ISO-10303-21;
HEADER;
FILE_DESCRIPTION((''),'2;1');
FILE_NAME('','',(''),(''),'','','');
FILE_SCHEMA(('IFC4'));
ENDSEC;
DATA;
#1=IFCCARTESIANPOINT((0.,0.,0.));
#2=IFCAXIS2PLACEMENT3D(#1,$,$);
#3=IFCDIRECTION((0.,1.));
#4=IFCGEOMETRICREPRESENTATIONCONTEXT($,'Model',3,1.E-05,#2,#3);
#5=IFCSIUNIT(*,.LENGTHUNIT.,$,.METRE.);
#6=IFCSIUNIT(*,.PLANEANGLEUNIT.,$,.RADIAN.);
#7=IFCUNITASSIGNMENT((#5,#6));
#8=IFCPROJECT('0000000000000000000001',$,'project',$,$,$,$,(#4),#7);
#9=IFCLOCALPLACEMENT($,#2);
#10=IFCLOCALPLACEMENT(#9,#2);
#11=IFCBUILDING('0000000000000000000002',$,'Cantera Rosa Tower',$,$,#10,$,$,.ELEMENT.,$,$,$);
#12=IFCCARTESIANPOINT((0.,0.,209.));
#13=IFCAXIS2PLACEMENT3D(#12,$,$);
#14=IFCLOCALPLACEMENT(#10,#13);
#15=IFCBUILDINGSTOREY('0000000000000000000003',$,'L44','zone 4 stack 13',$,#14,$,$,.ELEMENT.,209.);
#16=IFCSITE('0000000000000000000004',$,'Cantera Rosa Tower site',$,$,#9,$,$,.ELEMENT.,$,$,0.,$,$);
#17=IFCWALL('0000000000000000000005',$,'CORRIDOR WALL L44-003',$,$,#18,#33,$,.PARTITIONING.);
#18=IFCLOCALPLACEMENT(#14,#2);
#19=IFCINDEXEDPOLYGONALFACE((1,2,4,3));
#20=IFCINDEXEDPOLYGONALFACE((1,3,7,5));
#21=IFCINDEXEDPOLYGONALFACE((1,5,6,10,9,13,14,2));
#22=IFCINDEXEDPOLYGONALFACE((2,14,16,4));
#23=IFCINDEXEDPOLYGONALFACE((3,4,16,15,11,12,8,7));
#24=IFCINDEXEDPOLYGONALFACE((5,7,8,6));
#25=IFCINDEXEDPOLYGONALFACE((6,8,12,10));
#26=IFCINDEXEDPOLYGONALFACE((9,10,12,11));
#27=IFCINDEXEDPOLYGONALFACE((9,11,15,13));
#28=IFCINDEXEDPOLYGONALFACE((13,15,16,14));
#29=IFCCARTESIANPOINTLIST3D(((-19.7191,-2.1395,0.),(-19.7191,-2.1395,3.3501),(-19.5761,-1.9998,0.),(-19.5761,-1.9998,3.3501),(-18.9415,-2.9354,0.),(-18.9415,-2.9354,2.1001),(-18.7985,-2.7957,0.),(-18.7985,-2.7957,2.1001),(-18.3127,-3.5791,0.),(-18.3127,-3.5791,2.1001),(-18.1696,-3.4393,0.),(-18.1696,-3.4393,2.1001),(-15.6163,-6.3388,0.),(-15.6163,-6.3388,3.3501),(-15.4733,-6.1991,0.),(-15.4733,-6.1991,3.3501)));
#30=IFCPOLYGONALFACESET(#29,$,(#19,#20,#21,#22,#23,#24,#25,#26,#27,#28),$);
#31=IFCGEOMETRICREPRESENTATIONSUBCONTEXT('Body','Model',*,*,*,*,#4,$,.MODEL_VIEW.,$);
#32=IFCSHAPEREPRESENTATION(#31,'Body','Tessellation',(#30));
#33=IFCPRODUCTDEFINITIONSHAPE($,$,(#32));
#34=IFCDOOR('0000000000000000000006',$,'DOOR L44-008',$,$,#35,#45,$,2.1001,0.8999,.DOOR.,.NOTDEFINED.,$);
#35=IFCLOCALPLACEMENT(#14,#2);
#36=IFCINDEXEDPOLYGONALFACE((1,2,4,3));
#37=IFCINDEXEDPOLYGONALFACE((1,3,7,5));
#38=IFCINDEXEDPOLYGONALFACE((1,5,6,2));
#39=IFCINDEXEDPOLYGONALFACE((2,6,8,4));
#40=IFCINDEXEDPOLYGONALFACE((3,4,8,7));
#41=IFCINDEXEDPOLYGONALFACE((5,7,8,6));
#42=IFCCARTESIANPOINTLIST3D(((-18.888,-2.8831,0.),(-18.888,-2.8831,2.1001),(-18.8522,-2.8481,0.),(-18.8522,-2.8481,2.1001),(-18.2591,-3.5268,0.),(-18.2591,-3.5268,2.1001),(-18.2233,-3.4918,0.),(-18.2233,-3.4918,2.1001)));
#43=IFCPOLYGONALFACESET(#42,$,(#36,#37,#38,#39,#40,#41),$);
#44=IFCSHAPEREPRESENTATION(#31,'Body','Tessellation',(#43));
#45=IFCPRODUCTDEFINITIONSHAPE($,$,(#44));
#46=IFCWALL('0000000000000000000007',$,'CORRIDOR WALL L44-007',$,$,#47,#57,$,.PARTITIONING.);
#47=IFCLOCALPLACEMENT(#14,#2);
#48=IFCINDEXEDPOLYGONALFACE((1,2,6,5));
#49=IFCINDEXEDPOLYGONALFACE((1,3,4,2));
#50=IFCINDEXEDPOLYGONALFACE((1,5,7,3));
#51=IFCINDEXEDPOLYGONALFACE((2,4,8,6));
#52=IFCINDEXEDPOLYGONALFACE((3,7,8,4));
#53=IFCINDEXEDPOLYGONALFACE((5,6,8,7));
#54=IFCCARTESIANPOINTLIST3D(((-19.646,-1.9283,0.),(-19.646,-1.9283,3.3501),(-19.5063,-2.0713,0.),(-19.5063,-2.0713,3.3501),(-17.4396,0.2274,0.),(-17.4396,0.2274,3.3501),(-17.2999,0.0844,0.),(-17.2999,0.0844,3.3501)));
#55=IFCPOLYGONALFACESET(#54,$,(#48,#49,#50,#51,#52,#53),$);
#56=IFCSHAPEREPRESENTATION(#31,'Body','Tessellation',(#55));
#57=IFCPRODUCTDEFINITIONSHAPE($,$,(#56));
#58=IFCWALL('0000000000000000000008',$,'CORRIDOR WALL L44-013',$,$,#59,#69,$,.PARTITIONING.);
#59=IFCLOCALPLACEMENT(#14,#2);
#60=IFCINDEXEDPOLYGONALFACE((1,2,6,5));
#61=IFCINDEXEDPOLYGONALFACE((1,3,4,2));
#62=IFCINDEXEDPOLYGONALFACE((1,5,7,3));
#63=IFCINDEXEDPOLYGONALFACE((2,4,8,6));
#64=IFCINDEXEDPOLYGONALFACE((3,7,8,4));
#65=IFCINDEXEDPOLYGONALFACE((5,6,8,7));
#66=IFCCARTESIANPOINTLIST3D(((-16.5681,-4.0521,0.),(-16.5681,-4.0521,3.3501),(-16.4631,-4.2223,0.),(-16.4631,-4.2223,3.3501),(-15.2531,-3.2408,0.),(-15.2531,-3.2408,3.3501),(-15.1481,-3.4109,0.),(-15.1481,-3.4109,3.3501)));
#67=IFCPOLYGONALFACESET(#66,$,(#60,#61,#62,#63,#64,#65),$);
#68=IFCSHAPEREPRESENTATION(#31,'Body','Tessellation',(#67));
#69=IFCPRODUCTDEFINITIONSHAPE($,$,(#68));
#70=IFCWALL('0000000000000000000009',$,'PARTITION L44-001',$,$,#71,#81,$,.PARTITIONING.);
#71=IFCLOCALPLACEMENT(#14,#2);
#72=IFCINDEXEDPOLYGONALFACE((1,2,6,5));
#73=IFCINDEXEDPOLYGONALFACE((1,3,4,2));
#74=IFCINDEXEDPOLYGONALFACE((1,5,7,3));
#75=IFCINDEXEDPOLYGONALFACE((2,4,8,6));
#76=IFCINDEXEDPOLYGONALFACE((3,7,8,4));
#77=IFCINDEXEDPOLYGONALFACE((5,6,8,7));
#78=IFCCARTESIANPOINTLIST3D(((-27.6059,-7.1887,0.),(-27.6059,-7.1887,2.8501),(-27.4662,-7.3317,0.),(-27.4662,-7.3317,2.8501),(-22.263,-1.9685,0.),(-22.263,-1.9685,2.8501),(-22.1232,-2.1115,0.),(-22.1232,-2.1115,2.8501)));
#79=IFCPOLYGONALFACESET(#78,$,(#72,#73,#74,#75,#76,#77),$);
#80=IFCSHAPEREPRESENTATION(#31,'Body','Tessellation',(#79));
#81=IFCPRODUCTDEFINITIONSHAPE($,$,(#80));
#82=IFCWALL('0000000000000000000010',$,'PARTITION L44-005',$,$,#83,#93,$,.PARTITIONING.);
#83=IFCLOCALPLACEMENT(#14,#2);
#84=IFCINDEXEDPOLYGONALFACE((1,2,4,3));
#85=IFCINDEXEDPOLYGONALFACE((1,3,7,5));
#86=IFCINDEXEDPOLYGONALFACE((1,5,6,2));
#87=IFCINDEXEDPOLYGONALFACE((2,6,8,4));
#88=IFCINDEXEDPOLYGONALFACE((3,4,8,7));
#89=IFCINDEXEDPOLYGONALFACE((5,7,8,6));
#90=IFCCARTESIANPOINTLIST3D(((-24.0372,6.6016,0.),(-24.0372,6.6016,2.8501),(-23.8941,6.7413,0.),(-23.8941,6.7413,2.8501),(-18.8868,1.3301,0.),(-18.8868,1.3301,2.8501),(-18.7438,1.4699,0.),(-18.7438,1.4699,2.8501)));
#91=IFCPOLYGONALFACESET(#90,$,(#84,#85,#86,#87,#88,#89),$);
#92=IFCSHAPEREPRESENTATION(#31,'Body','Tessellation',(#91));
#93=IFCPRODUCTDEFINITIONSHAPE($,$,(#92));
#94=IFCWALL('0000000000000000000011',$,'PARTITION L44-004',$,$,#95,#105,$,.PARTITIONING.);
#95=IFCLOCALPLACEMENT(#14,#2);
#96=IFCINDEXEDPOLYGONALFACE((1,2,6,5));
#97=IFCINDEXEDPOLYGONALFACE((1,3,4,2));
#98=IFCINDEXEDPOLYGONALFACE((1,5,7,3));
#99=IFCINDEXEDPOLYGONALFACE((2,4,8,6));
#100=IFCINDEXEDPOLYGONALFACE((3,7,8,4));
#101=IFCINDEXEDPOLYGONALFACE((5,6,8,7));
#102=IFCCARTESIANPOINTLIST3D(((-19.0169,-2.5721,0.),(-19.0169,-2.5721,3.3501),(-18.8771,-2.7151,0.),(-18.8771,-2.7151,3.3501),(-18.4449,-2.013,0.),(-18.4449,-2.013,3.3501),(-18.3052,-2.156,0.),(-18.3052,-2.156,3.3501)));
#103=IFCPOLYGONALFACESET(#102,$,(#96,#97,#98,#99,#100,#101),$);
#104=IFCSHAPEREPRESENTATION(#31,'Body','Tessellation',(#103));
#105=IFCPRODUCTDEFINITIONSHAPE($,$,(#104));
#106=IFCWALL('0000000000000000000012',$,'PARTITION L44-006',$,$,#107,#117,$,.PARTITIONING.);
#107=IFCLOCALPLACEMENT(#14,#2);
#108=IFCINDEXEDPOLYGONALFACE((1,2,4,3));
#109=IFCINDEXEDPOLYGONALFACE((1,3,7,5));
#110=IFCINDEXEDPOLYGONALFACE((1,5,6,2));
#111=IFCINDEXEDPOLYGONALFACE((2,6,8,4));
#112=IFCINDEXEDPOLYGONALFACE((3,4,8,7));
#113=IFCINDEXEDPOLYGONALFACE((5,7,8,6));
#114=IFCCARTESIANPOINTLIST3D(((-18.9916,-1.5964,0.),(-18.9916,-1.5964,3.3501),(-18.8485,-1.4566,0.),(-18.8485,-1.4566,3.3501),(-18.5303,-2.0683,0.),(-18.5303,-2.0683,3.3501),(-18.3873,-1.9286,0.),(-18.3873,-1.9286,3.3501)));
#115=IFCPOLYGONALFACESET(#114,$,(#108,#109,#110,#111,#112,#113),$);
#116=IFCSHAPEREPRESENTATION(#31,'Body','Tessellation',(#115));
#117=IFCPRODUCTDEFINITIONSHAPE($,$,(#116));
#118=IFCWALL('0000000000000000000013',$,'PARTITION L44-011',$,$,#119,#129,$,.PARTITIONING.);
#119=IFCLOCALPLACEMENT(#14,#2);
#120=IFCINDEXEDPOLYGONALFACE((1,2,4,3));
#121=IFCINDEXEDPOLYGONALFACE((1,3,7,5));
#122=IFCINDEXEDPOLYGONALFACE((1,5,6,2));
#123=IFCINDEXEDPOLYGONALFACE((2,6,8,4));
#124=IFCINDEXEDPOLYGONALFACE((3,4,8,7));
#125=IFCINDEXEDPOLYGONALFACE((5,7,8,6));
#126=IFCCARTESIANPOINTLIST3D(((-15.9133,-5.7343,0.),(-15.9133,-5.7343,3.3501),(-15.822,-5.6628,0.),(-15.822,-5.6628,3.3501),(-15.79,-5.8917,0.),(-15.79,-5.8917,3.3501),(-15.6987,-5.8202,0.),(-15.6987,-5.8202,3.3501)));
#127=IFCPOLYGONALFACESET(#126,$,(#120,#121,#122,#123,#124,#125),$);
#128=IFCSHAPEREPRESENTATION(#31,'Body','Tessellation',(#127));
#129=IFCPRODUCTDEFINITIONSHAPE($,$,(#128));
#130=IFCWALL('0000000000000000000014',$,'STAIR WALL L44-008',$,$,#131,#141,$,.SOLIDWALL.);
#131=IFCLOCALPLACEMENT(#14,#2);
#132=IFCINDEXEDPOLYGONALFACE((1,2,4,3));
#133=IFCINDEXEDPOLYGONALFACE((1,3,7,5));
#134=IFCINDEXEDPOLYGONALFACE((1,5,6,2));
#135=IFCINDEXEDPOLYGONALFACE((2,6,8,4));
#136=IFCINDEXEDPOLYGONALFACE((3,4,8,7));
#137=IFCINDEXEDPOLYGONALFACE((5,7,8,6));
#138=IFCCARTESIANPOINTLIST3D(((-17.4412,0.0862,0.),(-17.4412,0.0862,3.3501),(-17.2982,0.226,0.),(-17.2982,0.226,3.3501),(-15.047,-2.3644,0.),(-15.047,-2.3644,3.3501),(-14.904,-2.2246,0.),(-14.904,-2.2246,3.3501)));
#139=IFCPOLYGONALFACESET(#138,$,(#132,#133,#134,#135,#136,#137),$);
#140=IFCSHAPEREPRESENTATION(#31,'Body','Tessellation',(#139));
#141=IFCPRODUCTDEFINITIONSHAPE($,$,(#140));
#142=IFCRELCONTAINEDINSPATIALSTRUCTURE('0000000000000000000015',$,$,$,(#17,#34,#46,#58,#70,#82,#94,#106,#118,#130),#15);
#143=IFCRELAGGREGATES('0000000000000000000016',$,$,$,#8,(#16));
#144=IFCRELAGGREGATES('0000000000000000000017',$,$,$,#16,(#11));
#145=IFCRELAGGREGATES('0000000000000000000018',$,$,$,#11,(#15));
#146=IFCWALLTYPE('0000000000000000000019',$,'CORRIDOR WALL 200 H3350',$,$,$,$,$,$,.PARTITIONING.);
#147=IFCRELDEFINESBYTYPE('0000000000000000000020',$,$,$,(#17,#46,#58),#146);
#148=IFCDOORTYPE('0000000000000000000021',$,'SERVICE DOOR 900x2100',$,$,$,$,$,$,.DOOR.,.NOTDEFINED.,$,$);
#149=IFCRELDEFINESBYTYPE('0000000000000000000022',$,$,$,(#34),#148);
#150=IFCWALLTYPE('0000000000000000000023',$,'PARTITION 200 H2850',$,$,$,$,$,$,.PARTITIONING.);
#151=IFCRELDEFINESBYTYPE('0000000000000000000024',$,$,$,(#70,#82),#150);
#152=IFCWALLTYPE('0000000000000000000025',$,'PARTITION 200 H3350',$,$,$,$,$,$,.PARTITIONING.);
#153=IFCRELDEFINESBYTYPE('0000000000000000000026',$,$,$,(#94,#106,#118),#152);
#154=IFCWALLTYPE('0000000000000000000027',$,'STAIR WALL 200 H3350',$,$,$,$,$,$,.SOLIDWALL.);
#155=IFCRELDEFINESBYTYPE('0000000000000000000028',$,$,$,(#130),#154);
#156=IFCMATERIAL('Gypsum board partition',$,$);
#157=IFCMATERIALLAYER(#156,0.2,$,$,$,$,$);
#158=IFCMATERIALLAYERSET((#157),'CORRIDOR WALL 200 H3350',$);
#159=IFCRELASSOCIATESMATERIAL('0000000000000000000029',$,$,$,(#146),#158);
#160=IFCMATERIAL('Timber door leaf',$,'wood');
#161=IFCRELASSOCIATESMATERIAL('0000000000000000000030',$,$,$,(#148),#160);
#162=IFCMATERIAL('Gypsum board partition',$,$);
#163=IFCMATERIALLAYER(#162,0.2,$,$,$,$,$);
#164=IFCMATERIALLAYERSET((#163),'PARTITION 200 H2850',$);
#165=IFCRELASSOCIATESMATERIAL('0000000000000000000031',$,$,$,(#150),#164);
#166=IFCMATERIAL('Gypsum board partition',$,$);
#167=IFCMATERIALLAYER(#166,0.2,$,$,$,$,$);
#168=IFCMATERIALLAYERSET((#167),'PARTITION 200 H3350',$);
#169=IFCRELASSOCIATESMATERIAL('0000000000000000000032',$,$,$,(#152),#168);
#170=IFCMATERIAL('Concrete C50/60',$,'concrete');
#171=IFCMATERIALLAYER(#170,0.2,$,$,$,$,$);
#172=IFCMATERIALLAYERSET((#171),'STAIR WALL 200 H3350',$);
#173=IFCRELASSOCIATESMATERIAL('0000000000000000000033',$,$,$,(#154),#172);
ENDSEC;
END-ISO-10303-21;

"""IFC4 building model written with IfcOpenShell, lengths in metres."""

from ifc_helpers import new_model, si_unit, direction, frame, frame_2d, origin, place, context, subcontext, project, spatial, rectangle, extrude, material, layer, layer_set, type_object, element, fill, save


model = new_model("IFC4")

# Units and contexts
model_context = context("Model", 3, precision=1e-05, world=origin(), true_north=direction((0.0, 1.0)))
body_context = subcontext(model_context, "Body", "Model", "MODEL_VIEW")
ifc_project = project(units=[si_unit("LENGTHUNIT", "METRE"), si_unit("PLANEANGLEUNIT", "RADIAN")], contexts=[model_context])

# Site, building, storey
site_placement = place(None, origin())
site = spatial("IfcSite", under=ifc_project, at=site_placement, Name="Cantera Rosa Tower site", CompositionType="ELEMENT", RefElevation=0.0)
building_placement = place(site_placement, origin())
building = spatial("IfcBuilding", under=site, at=building_placement, Name="Cantera Rosa Tower", CompositionType="ELEMENT")
storey_placement = place(building_placement, frame((0.0, 0.0, 209.0)))
storey = spatial("IfcBuildingStorey", under=building, at=storey_placement, Name="L44", Description="zone 4 stack 13", CompositionType="ELEMENT", Elevation=209.0)

# Shared definitions
ifc_material_1 = material(Name="Gypsum board partition")
ifc_layer_1 = layer(ifc_material_1, 0.2)
ifc_layer_set_1 = layer_set([ifc_layer_1], Name="CORRIDOR WALL 200 H3350")
wall_type_1 = type_object("IfcWallType", Name="CORRIDOR WALL 200 H3350", PredefinedType="PARTITIONING", material=ifc_layer_set_1)

# Wall, opening, door
wall_1_placement = place(storey_placement, frame((-19.6477, -2.0696, 0.0), z_axis=(0.0, 0.0, 1.0), x_axis=(0.698846, -0.715272, 0.0)))
wall_1 = element("IfcWall", 1, at=wall_1_placement, inside=storey, type_object=wall_type_1, Name="CORRIDOR WALL L44-003", PredefinedType="PARTITIONING", context=body_context, shape_type="SweptSolid", body=[
    extrude(rectangle(XDim=5.8708, YDim=0.2, at=frame_2d((2.9355, 0.0))), origin(), (0.0, 0.0, 1.0), 3.3501),
])
opening_1_placement = place(wall_1_placement, frame((1.1128, 0.0, 0.0)))
opening_1 = element("IfcOpeningElement", 2, at=opening_1_placement, cuts=wall_1, PredefinedType="OPENING", context=body_context, shape_type="SweptSolid", body=[
    extrude(rectangle(XDim=0.8999, YDim=2.1001, at=frame_2d((0.45, 1.05))), frame((0.0, 0.1099, 0.0), z_axis=(0.0, -1.0, 0.0), x_axis=(1.0, 0.0, 0.0)), (0.0, 0.0, 1.0), 0.22),
])
ifc_material_2 = material(Name="Timber door leaf", Category="wood")
door_type_1 = type_object("IfcDoorType", Name="SERVICE DOOR 900x2100", OperationType="NOTDEFINED", PredefinedType="DOOR", material=ifc_material_2)
door_1_placement = place(opening_1_placement, origin())
door_1 = element("IfcDoor", 3, at=door_1_placement, inside=storey, type_object=door_type_1, Name="DOOR L44-008", OperationType="NOTDEFINED", OverallHeight=2.1001, OverallWidth=0.8999, PredefinedType="DOOR", context=body_context, shape_type="SweptSolid", body=[
    extrude(rectangle(XDim=0.8999, YDim=2.1001, at=frame_2d((0.45, 1.05))), frame((0.0, 0.0249, 0.0), z_axis=(0.0, -1.0, 0.0), x_axis=(1.0, 0.0, 0.0)), (0.0, 0.0, 1.0), 0.05),
])
fill(opening_1, door_1)

# Walls
wall_2_placement = place(storey_placement, frame((-17.3696, 0.156, 0.0), z_axis=(0.0, 0.0, 1.0), x_axis=(-0.71529, -0.698828, 0.0)))
element("IfcWall", 4, at=wall_2_placement, inside=storey, type_object=wall_type_1, Name="CORRIDOR WALL L44-007", PredefinedType="PARTITIONING", context=body_context, shape_type="SweptSolid", body=[
    extrude(rectangle(XDim=3.0847, YDim=0.2, at=frame_2d((1.5425, 0.0))), origin(), (0.0, 0.0, 1.0), 3.3501),
])
wall_3_placement = place(storey_placement, frame((-15.2007, -3.3259, 0.0), z_axis=(0.0, 0.0, 1.0), x_axis=(-0.851056, -0.525076, 0.0)))
element("IfcWall", 5, at=wall_3_placement, inside=storey, type_object=wall_type_1, Name="CORRIDOR WALL L44-013", PredefinedType="PARTITIONING", context=body_context, shape_type="SweptSolid", body=[
    extrude(rectangle(XDim=1.5452, YDim=0.2, at=frame_2d((0.7725, 0.0))), origin(), (0.0, 0.0, 1.0), 3.3501),
])
ifc_material_3 = material(Name="Gypsum board partition")
ifc_layer_2 = layer(ifc_material_3, 0.2)
ifc_layer_set_2 = layer_set([ifc_layer_2], Name="PARTITION 200 H2850")
wall_type_2 = type_object("IfcWallType", Name="PARTITION 200 H2850", PredefinedType="PARTITIONING", material=ifc_layer_set_2)
wall_4_placement = place(storey_placement, frame((-22.1931, -2.04, 0.0), z_axis=(0.0, 0.0, 1.0), x_axis=(-0.715279, -0.698839, 0.0)))
element("IfcWall", 6, at=wall_4_placement, inside=storey, type_object=wall_type_2, Name="PARTITION L44-001", PredefinedType="PARTITIONING", context=body_context, shape_type="SweptSolid", body=[
    extrude(rectangle(XDim=7.4697, YDim=0.2, at=frame_2d((3.7349, 0.0))), origin(), (0.0, 0.0, 1.0), 2.8501),
])
wall_5_placement = place(storey_placement, frame((-18.8152, 1.3999, 0.0), z_axis=(0.0, 0.0, 1.0), x_axis=(-0.698844, 0.715275, 0.0)))
element("IfcWall", 7, at=wall_5_placement, inside=storey, type_object=wall_type_2, Name="PARTITION L44-005", PredefinedType="PARTITIONING", context=body_context, shape_type="SweptSolid", body=[
    extrude(rectangle(XDim=7.3699, YDim=0.2, at=frame_2d((3.6851, 0.0))), origin(), (0.0, 0.0, 1.0), 2.8501),
])
ifc_material_4 = material(Name="Gypsum board partition")
ifc_layer_3 = layer(ifc_material_4, 0.2)
ifc_layer_set_3 = layer_set([ifc_layer_3], Name="PARTITION 200 H3350")
wall_type_3 = type_object("IfcWallType", Name="PARTITION 200 H3350", PredefinedType="PARTITIONING", material=ifc_layer_set_3)
wall_6_placement = place(storey_placement, frame((-18.947, -2.6436, 0.0), z_axis=(0.0, 0.0, 1.0), x_axis=(0.715149, 0.698972, 0.0)))
element("IfcWall", 8, at=wall_6_placement, inside=storey, type_object=wall_type_3, Name="PARTITION L44-004", PredefinedType="PARTITIONING", context=body_context, shape_type="SweptSolid", body=[
    extrude(rectangle(XDim=0.7998, YDim=0.2, at=frame_2d((0.3999, 0.0))), origin(), (0.0, 0.0, 1.0), 3.3501),
])
wall_7_placement = place(storey_placement, frame((-18.4587, -1.9985, 0.0), z_axis=(0.0, 0.0, 1.0), x_axis=(-0.69892, 0.7152, 0.0)))
element("IfcWall", 9, at=wall_7_placement, inside=storey, type_object=wall_type_3, Name="PARTITION L44-006", PredefinedType="PARTITIONING", context=body_context, shape_type="SweptSolid", body=[
    extrude(rectangle(XDim=0.6599, YDim=0.2, at=frame_2d((0.3301, 0.0))), origin(), (0.0, 0.0, 1.0), 3.3501),
])
wall_8_placement = place(storey_placement, frame((-15.7603, -5.7415, 0.0), z_axis=(0.0, 0.0, 1.0), x_axis=(-0.787194, -0.616705, 0.0)))
element("IfcWall", 10, at=wall_8_placement, inside=storey, type_object=wall_type_3, Name="PARTITION L44-011", PredefinedType="PARTITIONING", context=body_context, shape_type="SweptSolid", body=[
    extrude(rectangle(XDim=0.116, YDim=0.2, at=frame_2d((0.0581, 0.0))), origin(), (0.0, 0.0, 1.0), 3.3501),
])
ifc_material_5 = material(Name="Concrete C50/60", Category="concrete")
ifc_layer_4 = layer(ifc_material_5, 0.2)
ifc_layer_set_4 = layer_set([ifc_layer_4], Name="STAIR WALL 200 H3350")
wall_type_4 = type_object("IfcWallType", Name="STAIR WALL 200 H3350", PredefinedType="SOLIDWALL", material=ifc_layer_set_4)
wall_9_placement = place(storey_placement, frame((-17.3696, 0.156, 0.0), z_axis=(0.0, 0.0, 1.0), x_axis=(0.698829, -0.715289, 0.0)))
element("IfcWall", 11, at=wall_9_placement, inside=storey, type_object=wall_type_4, Name="STAIR WALL L44-008", PredefinedType="SOLIDWALL", context=body_context, shape_type="SweptSolid", body=[
    extrude(rectangle(XDim=3.426, YDim=0.2, at=frame_2d((1.7129, 0.0))), origin(), (0.0, 0.0, 1.0), 3.3501),
])

save(model, "model.ifc")
